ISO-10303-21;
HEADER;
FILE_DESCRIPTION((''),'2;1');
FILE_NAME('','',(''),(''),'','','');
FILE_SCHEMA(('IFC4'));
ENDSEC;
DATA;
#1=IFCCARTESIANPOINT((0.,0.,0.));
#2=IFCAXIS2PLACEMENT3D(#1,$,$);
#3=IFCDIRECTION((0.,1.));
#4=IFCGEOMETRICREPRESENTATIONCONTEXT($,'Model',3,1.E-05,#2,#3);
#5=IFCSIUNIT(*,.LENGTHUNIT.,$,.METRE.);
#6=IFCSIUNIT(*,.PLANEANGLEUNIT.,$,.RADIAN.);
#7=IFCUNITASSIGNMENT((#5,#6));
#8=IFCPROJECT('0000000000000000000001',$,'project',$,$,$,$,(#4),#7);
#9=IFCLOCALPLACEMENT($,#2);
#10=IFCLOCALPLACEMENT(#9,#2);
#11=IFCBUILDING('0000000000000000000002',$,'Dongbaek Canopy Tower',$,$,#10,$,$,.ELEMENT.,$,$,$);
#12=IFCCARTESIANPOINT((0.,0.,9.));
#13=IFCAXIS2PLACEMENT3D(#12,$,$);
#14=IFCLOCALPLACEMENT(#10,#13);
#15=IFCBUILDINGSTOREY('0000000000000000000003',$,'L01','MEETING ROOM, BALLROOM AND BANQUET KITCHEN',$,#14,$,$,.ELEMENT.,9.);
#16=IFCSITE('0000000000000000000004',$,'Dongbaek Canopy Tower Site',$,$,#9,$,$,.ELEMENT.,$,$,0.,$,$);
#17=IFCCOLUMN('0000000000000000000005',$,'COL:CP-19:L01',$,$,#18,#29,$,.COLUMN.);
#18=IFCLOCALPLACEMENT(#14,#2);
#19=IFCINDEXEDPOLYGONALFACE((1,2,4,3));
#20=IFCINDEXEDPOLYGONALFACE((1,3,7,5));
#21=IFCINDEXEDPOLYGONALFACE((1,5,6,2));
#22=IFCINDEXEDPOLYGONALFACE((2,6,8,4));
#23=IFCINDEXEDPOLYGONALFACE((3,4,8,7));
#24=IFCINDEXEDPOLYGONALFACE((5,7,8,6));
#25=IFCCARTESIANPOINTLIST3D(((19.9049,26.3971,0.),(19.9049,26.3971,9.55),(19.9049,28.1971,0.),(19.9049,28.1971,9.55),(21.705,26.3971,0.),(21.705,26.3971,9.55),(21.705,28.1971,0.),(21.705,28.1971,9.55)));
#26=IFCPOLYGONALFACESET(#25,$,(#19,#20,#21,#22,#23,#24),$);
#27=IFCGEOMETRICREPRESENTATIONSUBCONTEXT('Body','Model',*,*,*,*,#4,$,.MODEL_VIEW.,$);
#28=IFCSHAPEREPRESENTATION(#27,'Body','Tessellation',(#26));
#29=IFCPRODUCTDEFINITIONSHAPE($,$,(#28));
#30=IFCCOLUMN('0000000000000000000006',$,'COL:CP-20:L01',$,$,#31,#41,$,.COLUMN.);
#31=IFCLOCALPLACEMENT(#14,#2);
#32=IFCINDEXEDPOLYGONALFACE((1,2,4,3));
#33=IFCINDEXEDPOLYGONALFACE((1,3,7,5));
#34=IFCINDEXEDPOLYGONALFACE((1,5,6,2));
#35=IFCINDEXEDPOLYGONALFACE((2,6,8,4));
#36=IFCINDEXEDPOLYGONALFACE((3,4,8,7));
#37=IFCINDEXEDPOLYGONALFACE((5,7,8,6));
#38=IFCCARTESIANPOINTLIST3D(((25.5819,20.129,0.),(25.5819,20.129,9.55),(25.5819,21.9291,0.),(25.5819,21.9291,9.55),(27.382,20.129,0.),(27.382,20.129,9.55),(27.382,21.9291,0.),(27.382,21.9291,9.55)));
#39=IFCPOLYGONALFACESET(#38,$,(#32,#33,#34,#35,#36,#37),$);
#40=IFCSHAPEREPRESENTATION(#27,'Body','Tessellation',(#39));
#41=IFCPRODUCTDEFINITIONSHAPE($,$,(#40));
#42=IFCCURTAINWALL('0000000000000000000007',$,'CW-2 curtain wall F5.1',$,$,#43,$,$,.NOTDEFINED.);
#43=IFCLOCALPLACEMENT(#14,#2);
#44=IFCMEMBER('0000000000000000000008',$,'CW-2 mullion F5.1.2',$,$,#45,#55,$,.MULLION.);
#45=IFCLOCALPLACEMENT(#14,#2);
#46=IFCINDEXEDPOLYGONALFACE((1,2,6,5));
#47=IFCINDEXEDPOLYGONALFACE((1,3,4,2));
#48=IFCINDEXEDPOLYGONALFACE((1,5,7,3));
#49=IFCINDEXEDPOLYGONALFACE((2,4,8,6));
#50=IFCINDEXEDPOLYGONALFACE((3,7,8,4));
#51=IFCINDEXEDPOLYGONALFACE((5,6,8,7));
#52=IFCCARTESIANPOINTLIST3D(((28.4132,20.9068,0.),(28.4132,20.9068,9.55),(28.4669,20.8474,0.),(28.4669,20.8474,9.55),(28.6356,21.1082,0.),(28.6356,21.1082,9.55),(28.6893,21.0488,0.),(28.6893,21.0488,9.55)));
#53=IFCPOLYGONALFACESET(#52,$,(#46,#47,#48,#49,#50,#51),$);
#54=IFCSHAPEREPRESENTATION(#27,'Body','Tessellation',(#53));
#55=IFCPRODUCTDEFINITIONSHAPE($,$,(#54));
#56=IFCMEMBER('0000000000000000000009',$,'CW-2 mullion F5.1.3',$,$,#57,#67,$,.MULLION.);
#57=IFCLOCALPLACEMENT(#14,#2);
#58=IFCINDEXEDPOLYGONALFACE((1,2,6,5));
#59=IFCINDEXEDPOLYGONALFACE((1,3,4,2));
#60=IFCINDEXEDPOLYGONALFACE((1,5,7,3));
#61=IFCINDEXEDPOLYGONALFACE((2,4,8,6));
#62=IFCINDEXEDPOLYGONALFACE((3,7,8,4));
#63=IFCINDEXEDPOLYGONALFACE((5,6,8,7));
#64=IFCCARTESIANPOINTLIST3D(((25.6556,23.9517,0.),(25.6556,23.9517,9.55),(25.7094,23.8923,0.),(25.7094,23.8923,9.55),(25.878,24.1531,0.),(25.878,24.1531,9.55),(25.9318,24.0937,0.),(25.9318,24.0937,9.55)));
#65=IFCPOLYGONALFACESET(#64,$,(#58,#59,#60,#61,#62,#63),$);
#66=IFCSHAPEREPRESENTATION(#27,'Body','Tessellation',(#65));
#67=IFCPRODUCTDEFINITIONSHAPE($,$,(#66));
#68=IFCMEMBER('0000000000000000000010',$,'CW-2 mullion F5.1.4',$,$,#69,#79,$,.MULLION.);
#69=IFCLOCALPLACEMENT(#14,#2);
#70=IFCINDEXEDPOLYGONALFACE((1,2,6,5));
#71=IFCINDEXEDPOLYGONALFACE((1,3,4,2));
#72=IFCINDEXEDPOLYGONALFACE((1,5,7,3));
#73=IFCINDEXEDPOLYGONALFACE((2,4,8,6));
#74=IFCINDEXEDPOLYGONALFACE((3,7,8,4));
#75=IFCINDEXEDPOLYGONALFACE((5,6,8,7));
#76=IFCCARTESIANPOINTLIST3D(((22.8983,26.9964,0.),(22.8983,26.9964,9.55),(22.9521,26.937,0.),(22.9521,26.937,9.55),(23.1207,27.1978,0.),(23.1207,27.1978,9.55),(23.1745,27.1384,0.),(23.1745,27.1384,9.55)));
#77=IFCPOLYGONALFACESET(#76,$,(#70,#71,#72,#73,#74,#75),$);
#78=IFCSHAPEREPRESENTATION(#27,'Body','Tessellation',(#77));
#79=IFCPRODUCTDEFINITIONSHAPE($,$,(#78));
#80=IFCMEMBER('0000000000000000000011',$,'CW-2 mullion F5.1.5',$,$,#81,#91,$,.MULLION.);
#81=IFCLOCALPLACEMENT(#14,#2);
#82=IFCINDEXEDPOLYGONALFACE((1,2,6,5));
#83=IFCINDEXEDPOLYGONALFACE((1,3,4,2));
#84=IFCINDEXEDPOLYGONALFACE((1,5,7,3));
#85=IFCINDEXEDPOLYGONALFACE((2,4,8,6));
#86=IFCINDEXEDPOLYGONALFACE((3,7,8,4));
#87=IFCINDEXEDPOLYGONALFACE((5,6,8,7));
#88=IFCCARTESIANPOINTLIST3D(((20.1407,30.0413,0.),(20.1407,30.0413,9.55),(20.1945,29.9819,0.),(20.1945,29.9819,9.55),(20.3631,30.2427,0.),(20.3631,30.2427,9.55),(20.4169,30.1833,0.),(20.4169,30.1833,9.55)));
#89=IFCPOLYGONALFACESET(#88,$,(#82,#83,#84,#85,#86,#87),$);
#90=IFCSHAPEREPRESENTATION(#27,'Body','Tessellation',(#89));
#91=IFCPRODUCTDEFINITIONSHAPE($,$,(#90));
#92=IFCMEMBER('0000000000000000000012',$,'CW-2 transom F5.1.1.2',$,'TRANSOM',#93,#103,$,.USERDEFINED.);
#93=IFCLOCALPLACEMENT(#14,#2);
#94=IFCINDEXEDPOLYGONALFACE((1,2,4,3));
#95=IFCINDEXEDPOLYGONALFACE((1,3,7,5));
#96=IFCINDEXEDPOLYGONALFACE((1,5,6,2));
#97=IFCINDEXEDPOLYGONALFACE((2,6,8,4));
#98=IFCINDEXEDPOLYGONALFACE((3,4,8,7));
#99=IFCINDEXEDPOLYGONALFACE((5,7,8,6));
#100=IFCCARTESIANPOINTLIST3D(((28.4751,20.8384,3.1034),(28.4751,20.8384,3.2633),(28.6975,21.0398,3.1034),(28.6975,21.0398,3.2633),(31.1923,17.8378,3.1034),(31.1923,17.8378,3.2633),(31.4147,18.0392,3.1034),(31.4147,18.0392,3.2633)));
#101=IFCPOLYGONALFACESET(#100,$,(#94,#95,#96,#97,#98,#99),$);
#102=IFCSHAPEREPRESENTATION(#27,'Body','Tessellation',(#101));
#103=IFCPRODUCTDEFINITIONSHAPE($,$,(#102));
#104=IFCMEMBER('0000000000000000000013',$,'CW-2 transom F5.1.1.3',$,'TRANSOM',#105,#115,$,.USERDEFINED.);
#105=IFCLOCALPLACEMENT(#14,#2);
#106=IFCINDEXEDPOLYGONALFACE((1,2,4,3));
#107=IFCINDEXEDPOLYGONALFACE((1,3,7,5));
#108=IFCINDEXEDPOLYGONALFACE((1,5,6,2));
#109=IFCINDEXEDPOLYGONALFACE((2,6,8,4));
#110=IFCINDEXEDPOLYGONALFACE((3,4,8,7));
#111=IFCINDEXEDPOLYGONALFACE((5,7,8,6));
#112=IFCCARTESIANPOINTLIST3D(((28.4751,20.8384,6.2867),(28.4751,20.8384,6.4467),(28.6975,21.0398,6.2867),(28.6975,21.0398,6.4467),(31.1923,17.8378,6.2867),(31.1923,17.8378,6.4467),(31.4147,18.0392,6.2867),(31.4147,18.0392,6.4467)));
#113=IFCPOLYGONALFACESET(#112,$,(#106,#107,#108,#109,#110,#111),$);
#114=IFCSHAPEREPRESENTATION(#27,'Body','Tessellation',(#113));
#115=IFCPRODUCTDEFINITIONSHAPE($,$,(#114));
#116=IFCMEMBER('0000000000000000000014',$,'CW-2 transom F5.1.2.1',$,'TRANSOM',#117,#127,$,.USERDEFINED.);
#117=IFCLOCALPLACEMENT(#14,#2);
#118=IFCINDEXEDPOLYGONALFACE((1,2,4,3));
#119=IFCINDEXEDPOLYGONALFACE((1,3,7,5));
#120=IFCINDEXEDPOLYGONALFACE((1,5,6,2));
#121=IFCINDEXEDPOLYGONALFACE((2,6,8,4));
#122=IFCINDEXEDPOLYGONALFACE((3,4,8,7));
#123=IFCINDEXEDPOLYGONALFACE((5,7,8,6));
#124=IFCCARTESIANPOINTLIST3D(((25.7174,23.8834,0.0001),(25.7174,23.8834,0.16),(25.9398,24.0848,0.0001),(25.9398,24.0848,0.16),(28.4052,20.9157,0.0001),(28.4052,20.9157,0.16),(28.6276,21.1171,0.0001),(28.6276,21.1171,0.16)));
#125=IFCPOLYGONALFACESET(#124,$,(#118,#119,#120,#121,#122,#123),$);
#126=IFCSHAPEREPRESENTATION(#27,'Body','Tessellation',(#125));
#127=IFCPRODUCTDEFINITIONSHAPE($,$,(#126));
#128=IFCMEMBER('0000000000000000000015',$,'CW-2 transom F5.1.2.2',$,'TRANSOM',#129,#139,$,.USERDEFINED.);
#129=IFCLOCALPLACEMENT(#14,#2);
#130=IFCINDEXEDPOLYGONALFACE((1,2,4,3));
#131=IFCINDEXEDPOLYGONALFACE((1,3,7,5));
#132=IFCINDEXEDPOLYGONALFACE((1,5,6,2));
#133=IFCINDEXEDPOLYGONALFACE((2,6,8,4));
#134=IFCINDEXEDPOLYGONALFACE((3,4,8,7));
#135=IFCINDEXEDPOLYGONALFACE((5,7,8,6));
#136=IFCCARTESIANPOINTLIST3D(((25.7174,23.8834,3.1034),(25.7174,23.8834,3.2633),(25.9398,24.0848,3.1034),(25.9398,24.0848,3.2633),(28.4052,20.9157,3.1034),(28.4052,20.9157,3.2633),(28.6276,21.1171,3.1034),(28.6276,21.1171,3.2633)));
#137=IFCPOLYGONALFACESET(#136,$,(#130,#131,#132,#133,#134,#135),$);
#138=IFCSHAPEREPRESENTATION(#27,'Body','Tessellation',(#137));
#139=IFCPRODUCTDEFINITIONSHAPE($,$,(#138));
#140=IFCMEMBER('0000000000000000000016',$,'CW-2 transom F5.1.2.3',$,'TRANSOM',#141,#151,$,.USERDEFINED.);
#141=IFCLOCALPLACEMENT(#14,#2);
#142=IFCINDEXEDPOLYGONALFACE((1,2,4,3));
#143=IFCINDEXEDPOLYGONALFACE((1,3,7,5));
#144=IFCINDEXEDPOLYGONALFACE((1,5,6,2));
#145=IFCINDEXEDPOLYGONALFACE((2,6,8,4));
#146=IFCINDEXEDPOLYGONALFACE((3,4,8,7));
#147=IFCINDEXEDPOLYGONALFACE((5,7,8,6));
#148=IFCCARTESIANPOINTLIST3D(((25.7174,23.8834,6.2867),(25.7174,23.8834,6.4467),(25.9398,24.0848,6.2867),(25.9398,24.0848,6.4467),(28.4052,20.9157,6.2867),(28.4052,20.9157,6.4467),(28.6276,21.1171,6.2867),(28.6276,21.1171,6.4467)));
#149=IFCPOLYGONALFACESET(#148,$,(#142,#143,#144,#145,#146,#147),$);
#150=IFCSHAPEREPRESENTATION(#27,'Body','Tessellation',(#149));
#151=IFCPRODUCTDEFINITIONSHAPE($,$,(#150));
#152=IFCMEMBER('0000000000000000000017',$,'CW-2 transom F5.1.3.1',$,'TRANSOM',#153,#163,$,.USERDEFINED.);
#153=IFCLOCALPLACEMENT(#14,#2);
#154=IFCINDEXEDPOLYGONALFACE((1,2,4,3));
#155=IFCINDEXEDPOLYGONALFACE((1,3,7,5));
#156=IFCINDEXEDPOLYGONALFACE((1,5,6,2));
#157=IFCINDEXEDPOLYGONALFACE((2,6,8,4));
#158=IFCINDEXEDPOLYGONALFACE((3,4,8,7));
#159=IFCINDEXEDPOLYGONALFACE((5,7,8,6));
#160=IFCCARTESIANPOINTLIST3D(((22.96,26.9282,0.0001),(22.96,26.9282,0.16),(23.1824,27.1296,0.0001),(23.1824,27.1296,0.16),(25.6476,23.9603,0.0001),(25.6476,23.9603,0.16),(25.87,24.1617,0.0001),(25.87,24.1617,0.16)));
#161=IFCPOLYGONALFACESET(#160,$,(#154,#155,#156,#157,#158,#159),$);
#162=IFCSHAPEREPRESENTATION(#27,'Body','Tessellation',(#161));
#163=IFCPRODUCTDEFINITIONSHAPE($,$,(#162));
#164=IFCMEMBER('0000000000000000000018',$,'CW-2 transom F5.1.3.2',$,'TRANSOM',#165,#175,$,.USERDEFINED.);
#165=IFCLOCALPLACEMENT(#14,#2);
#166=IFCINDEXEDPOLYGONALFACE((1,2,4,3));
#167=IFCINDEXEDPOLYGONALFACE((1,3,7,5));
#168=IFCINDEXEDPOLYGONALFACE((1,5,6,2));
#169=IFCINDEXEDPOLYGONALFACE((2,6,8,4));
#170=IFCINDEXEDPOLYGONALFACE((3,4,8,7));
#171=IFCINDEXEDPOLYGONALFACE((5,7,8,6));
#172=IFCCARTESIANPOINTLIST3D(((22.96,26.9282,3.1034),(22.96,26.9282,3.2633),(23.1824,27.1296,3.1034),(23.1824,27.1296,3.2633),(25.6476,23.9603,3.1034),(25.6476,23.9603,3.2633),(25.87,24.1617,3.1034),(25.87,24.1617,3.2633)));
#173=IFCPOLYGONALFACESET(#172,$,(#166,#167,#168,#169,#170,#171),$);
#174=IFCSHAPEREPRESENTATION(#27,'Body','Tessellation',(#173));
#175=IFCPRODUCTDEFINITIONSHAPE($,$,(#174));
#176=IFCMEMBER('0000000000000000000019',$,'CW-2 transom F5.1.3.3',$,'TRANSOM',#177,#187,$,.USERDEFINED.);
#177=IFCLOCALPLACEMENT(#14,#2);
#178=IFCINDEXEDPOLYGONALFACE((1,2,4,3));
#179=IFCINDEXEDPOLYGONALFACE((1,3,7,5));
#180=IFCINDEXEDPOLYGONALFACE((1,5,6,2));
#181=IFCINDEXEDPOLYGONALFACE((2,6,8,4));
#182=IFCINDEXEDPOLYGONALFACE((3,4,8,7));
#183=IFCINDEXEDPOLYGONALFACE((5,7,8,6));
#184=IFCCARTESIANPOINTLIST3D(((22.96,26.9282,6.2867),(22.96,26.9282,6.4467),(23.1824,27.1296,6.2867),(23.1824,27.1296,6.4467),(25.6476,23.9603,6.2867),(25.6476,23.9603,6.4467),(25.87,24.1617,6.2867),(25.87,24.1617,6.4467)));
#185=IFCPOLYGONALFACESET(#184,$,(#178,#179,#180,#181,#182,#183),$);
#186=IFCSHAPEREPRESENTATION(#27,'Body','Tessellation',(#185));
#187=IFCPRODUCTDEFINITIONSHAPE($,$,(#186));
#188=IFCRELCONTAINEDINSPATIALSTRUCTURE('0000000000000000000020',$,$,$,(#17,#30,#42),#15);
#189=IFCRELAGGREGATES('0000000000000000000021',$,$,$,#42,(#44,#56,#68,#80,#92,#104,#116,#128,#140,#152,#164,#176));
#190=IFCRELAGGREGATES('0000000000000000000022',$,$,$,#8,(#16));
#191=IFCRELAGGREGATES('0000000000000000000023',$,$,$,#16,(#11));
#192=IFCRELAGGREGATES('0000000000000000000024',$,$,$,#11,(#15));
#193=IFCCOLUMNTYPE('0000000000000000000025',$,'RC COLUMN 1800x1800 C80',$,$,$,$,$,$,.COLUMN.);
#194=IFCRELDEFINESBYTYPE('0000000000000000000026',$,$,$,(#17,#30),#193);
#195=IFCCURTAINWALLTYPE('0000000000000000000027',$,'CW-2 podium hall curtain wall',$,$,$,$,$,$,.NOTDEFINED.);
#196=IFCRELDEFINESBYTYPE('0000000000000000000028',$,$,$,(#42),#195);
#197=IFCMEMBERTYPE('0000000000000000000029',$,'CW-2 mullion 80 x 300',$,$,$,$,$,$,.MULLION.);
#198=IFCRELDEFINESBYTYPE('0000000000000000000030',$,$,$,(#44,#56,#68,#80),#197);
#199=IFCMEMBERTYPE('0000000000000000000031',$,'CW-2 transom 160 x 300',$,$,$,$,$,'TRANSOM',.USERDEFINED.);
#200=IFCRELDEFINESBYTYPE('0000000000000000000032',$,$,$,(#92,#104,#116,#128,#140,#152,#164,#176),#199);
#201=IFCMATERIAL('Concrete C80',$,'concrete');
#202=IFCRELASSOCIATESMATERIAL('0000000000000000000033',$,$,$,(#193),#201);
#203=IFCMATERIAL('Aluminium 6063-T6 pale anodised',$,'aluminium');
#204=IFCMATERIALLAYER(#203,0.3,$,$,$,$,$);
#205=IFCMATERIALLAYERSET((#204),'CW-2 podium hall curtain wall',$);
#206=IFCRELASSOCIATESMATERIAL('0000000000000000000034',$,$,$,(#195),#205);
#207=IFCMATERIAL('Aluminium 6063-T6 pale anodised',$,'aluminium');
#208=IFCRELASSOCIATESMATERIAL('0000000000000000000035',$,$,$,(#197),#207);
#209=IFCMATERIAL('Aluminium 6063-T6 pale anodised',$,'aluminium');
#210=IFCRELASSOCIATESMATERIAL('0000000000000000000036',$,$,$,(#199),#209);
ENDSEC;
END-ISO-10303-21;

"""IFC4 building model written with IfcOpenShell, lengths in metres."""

from ifc_helpers import new_model, si_unit, direction, frame, origin, origin_2d, place, context, subcontext, project, spatial, rectangle, extrude, material, layer, layer_set, material_profile, profile_set, type_object, element, aggregate, save


model = new_model("IFC4")

# Units and contexts
model_context = context("Model", 3, precision=1e-05, world=origin(), true_north=direction((0.0, 1.0)))
body_context = subcontext(model_context, "Body", "Model", "MODEL_VIEW")
ifc_project = project(units=[si_unit("LENGTHUNIT", "METRE"), si_unit("PLANEANGLEUNIT", "RADIAN")], contexts=[model_context])

# Site, building, storey
site_placement = place(None, origin())
site = spatial("IfcSite", under=ifc_project, at=site_placement, Name="Dongbaek Canopy Tower Site", CompositionType="ELEMENT", RefElevation=0.0)
building_placement = place(site_placement, origin())
building = spatial("IfcBuilding", under=site, at=building_placement, Name="Dongbaek Canopy Tower", CompositionType="ELEMENT")
storey_placement = place(building_placement, frame((0.0, 0.0, 9.0)))
storey = spatial("IfcBuildingStorey", under=building, at=storey_placement, Name="L01", Description="MEETING ROOM, BALLROOM AND BANQUET KITCHEN", CompositionType="ELEMENT", Elevation=9.0)

# Columns
ifc_material_1 = material(Name="Concrete C80", Category="concrete")
ifc_material_profile_1 = material_profile(ifc_material_1, rectangle(XDim=1.8, YDim=1.8, at=origin_2d()), Name="RC COLUMN 1800x1800 C80")
ifc_profile_set_1 = profile_set([ifc_material_profile_1], Name="Concrete C80")
column_type = type_object("IfcColumnType", Name="RC COLUMN 1800x1800 C80", PredefinedType="COLUMN", material=ifc_profile_set_1)
for number, where, z_axis, x_axis, name in (
    (1, (20.8049, 27.2971, 0.0), (0.0, 0.0, 1.0), (1.0, 0.0, 0.0), "COL:CP-19:L01"),
    (2, (26.4819, 21.0291, 0.0), (0.0, 0.0, 1.0), (1.0, 0.0, 0.0), "COL:CP-20:L01"),
):
    element("IfcColumn", number, at=place(storey_placement, frame(where, z_axis=z_axis, x_axis=x_axis)), inside=storey, type_object=column_type, Name=name, PredefinedType="COLUMN", context=body_context, shape_type="SweptSolid", body=[
        extrude(rectangle(XDim=1.8, YDim=1.8, at=origin_2d()), origin(), (0.0, 0.0, 1.0), 9.55),
    ])

# Curtain wall, members
ifc_material_2 = material(Name="Aluminium 6063-T6 pale anodised", Category="aluminium")
ifc_layer_1 = layer(ifc_material_2, 0.3)
ifc_layer_set_1 = layer_set([ifc_layer_1], Name="CW-2 podium hall curtain wall")
curtain_wall_type = type_object("IfcCurtainWallType", Name="CW-2 podium hall curtain wall", PredefinedType="NOTDEFINED", material=ifc_layer_set_1)
curtain_wall_placement = place(storey_placement, origin())
curtain_wall = element("IfcCurtainWall", 3, at=curtain_wall_placement, inside=storey, type_object=curtain_wall_type, Name="CW-2 curtain wall F5.1", PredefinedType="NOTDEFINED")
ifc_material_3 = material(Name="Aluminium 6063-T6 pale anodised", Category="aluminium")
ifc_material_profile_2 = material_profile(ifc_material_3, rectangle(XDim=0.3, YDim=0.0801, at=origin_2d()), Name="CW-2 mullion 80 x 300")
ifc_profile_set_2 = profile_set([ifc_material_profile_2], Name="Aluminium 6063-T6 pale anodised")
member_type_1 = type_object("IfcMemberType", Name="CW-2 mullion 80 x 300", PredefinedType="MULLION", material=ifc_profile_set_2)
member_1_placement = place(storey_placement, frame((28.5513, 20.9778, 0.0), z_axis=(0.0, 0.0, 1.0), x_axis=(0.741222, 0.67126, 0.0)))
member_1 = element("IfcMember", 4, at=member_1_placement, type_object=member_type_1, Name="CW-2 mullion F5.1.2", PredefinedType="MULLION", context=body_context, shape_type="SweptSolid", body=[
    extrude(rectangle(XDim=0.3, YDim=0.0801, at=origin_2d()), origin(), (0.0, 0.0, 1.0), 9.55),
])
member_2_placement = place(storey_placement, frame((25.7937, 24.0227, 0.0), z_axis=(0.0, 0.0, 1.0), x_axis=(0.741222, 0.67126, 0.0)))
member_2 = element("IfcMember", 5, at=member_2_placement, type_object=member_type_1, Name="CW-2 mullion F5.1.3", PredefinedType="MULLION", context=body_context, shape_type="SweptSolid", body=[
    extrude(rectangle(XDim=0.3, YDim=0.0801, at=origin_2d()), origin(), (0.0, 0.0, 1.0), 9.55),
])
member_3_placement = place(storey_placement, frame((23.0364, 27.0674, 0.0), z_axis=(0.0, 0.0, 1.0), x_axis=(0.741222, 0.67126, 0.0)))
member_3 = element("IfcMember", 6, at=member_3_placement, type_object=member_type_1, Name="CW-2 mullion F5.1.4", PredefinedType="MULLION", context=body_context, shape_type="SweptSolid", body=[
    extrude(rectangle(XDim=0.3, YDim=0.0801, at=origin_2d()), origin(), (0.0, 0.0, 1.0), 9.55),
])
member_4_placement = place(storey_placement, frame((20.2788, 30.1123, 0.0), z_axis=(0.0, 0.0, 1.0), x_axis=(0.741222, 0.67126, 0.0)))
member_4 = element("IfcMember", 7, at=member_4_placement, type_object=member_type_1, Name="CW-2 mullion F5.1.5", PredefinedType="MULLION", context=body_context, shape_type="SweptSolid", body=[
    extrude(rectangle(XDim=0.3, YDim=0.0801, at=origin_2d()), origin(), (0.0, 0.0, 1.0), 9.55),
])
ifc_material_4 = material(Name="Aluminium 6063-T6 pale anodised", Category="aluminium")
ifc_material_profile_3 = material_profile(ifc_material_4, rectangle(XDim=0.3, YDim=0.1599, at=origin_2d()), Name="CW-2 transom 160 x 300")
ifc_profile_set_3 = profile_set([ifc_material_profile_3], Name="Aluminium 6063-T6 pale anodised")
member_type_2 = type_object("IfcMemberType", Name="CW-2 transom 160 x 300", ElementType="TRANSOM", PredefinedType="USERDEFINED", material=ifc_profile_set_3)
member_5_placement = place(storey_placement, frame((31.3035, 17.9385, 3.1833), z_axis=(-0.671231, 0.741249, 0.0), x_axis=(-0.741249, -0.671231, 0.0)))
member_5 = element("IfcMember", 8, at=member_5_placement, type_object=member_type_2, Name="CW-2 transom F5.1.1.2", ObjectType="TRANSOM", PredefinedType="USERDEFINED", context=body_context, shape_type="SweptSolid", body=[
    extrude(rectangle(XDim=0.3, YDim=0.1599, at=origin_2d()), origin(), (0.0, 0.0, 1.0), 4.0481),
])
member_6_placement = place(storey_placement, frame((31.3035, 17.9385, 6.3667), z_axis=(-0.671231, 0.741249, 0.0), x_axis=(-0.741249, -0.671231, 0.0)))
member_6 = element("IfcMember", 9, at=member_6_placement, type_object=member_type_2, Name="CW-2 transom F5.1.1.3", ObjectType="TRANSOM", PredefinedType="USERDEFINED", context=body_context, shape_type="SweptSolid", body=[
    extrude(rectangle(XDim=0.3, YDim=0.1599, at=origin_2d()), origin(), (0.0, 0.0, 1.0), 4.0481),
])
member_7_placement = place(storey_placement, frame((28.5164, 21.0164, 0.0801), z_axis=(-0.671272, 0.741211, 0.0), x_axis=(-0.741211, -0.671272, 0.0)))
member_7 = element("IfcMember", 10, at=member_7_placement, type_object=member_type_2, Name="CW-2 transom F5.1.2.1", ObjectType="TRANSOM", PredefinedType="USERDEFINED", context=body_context, shape_type="SweptSolid", body=[
    extrude(rectangle(XDim=0.3, YDim=0.1599, at=origin_2d()), origin(), (0.0, 0.0, 1.0), 4.0039),
])
member_8_placement = place(storey_placement, frame((28.5164, 21.0164, 3.1833), z_axis=(-0.671272, 0.741211, 0.0), x_axis=(-0.741211, -0.671272, 0.0)))
member_8 = element("IfcMember", 11, at=member_8_placement, type_object=member_type_2, Name="CW-2 transom F5.1.2.2", ObjectType="TRANSOM", PredefinedType="USERDEFINED", context=body_context, shape_type="SweptSolid", body=[
    extrude(rectangle(XDim=0.3, YDim=0.1599, at=origin_2d()), origin(), (0.0, 0.0, 1.0), 4.0039),
])
member_9_placement = place(storey_placement, frame((28.5164, 21.0164, 6.3667), z_axis=(-0.671272, 0.741211, 0.0), x_axis=(-0.741211, -0.671272, 0.0)))
member_9 = element("IfcMember", 12, at=member_9_placement, type_object=member_type_2, Name="CW-2 transom F5.1.2.3", ObjectType="TRANSOM", PredefinedType="USERDEFINED", context=body_context, shape_type="SweptSolid", body=[
    extrude(rectangle(XDim=0.3, YDim=0.1599, at=origin_2d()), origin(), (0.0, 0.0, 1.0), 4.0039),
])
member_10_placement = place(storey_placement, frame((25.7588, 24.061, 0.0801), z_axis=(-0.671239, 0.741241, 0.0), x_axis=(-0.741241, -0.671239, 0.0)))
member_10 = element("IfcMember", 13, at=member_10_placement, type_object=member_type_2, Name="CW-2 transom F5.1.3.1", ObjectType="TRANSOM", PredefinedType="USERDEFINED", context=body_context, shape_type="SweptSolid", body=[
    extrude(rectangle(XDim=0.3, YDim=0.1599, at=origin_2d()), origin(), (0.0, 0.0, 1.0), 4.0039),
])
member_11_placement = place(storey_placement, frame((25.7588, 24.061, 3.1833), z_axis=(-0.671239, 0.741241, 0.0), x_axis=(-0.741241, -0.671239, 0.0)))
member_11 = element("IfcMember", 14, at=member_11_placement, type_object=member_type_2, Name="CW-2 transom F5.1.3.2", ObjectType="TRANSOM", PredefinedType="USERDEFINED", context=body_context, shape_type="SweptSolid", body=[
    extrude(rectangle(XDim=0.3, YDim=0.1599, at=origin_2d()), origin(), (0.0, 0.0, 1.0), 4.0039),
])
member_12_placement = place(storey_placement, frame((25.7588, 24.061, 6.3667), z_axis=(-0.671239, 0.741241, 0.0), x_axis=(-0.741241, -0.671239, 0.0)))
member_12 = element("IfcMember", 15, at=member_12_placement, type_object=member_type_2, Name="CW-2 transom F5.1.3.3", ObjectType="TRANSOM", PredefinedType="USERDEFINED", context=body_context, shape_type="SweptSolid", body=[
    extrude(rectangle(XDim=0.3, YDim=0.1599, at=origin_2d()), origin(), (0.0, 0.0, 1.0), 4.0039),
])
aggregate(curtain_wall, [member_1, member_2, member_3, member_4, member_5, member_6, member_7, member_8, member_9, member_10, member_11, member_12])

save(model, "model.ifc")
